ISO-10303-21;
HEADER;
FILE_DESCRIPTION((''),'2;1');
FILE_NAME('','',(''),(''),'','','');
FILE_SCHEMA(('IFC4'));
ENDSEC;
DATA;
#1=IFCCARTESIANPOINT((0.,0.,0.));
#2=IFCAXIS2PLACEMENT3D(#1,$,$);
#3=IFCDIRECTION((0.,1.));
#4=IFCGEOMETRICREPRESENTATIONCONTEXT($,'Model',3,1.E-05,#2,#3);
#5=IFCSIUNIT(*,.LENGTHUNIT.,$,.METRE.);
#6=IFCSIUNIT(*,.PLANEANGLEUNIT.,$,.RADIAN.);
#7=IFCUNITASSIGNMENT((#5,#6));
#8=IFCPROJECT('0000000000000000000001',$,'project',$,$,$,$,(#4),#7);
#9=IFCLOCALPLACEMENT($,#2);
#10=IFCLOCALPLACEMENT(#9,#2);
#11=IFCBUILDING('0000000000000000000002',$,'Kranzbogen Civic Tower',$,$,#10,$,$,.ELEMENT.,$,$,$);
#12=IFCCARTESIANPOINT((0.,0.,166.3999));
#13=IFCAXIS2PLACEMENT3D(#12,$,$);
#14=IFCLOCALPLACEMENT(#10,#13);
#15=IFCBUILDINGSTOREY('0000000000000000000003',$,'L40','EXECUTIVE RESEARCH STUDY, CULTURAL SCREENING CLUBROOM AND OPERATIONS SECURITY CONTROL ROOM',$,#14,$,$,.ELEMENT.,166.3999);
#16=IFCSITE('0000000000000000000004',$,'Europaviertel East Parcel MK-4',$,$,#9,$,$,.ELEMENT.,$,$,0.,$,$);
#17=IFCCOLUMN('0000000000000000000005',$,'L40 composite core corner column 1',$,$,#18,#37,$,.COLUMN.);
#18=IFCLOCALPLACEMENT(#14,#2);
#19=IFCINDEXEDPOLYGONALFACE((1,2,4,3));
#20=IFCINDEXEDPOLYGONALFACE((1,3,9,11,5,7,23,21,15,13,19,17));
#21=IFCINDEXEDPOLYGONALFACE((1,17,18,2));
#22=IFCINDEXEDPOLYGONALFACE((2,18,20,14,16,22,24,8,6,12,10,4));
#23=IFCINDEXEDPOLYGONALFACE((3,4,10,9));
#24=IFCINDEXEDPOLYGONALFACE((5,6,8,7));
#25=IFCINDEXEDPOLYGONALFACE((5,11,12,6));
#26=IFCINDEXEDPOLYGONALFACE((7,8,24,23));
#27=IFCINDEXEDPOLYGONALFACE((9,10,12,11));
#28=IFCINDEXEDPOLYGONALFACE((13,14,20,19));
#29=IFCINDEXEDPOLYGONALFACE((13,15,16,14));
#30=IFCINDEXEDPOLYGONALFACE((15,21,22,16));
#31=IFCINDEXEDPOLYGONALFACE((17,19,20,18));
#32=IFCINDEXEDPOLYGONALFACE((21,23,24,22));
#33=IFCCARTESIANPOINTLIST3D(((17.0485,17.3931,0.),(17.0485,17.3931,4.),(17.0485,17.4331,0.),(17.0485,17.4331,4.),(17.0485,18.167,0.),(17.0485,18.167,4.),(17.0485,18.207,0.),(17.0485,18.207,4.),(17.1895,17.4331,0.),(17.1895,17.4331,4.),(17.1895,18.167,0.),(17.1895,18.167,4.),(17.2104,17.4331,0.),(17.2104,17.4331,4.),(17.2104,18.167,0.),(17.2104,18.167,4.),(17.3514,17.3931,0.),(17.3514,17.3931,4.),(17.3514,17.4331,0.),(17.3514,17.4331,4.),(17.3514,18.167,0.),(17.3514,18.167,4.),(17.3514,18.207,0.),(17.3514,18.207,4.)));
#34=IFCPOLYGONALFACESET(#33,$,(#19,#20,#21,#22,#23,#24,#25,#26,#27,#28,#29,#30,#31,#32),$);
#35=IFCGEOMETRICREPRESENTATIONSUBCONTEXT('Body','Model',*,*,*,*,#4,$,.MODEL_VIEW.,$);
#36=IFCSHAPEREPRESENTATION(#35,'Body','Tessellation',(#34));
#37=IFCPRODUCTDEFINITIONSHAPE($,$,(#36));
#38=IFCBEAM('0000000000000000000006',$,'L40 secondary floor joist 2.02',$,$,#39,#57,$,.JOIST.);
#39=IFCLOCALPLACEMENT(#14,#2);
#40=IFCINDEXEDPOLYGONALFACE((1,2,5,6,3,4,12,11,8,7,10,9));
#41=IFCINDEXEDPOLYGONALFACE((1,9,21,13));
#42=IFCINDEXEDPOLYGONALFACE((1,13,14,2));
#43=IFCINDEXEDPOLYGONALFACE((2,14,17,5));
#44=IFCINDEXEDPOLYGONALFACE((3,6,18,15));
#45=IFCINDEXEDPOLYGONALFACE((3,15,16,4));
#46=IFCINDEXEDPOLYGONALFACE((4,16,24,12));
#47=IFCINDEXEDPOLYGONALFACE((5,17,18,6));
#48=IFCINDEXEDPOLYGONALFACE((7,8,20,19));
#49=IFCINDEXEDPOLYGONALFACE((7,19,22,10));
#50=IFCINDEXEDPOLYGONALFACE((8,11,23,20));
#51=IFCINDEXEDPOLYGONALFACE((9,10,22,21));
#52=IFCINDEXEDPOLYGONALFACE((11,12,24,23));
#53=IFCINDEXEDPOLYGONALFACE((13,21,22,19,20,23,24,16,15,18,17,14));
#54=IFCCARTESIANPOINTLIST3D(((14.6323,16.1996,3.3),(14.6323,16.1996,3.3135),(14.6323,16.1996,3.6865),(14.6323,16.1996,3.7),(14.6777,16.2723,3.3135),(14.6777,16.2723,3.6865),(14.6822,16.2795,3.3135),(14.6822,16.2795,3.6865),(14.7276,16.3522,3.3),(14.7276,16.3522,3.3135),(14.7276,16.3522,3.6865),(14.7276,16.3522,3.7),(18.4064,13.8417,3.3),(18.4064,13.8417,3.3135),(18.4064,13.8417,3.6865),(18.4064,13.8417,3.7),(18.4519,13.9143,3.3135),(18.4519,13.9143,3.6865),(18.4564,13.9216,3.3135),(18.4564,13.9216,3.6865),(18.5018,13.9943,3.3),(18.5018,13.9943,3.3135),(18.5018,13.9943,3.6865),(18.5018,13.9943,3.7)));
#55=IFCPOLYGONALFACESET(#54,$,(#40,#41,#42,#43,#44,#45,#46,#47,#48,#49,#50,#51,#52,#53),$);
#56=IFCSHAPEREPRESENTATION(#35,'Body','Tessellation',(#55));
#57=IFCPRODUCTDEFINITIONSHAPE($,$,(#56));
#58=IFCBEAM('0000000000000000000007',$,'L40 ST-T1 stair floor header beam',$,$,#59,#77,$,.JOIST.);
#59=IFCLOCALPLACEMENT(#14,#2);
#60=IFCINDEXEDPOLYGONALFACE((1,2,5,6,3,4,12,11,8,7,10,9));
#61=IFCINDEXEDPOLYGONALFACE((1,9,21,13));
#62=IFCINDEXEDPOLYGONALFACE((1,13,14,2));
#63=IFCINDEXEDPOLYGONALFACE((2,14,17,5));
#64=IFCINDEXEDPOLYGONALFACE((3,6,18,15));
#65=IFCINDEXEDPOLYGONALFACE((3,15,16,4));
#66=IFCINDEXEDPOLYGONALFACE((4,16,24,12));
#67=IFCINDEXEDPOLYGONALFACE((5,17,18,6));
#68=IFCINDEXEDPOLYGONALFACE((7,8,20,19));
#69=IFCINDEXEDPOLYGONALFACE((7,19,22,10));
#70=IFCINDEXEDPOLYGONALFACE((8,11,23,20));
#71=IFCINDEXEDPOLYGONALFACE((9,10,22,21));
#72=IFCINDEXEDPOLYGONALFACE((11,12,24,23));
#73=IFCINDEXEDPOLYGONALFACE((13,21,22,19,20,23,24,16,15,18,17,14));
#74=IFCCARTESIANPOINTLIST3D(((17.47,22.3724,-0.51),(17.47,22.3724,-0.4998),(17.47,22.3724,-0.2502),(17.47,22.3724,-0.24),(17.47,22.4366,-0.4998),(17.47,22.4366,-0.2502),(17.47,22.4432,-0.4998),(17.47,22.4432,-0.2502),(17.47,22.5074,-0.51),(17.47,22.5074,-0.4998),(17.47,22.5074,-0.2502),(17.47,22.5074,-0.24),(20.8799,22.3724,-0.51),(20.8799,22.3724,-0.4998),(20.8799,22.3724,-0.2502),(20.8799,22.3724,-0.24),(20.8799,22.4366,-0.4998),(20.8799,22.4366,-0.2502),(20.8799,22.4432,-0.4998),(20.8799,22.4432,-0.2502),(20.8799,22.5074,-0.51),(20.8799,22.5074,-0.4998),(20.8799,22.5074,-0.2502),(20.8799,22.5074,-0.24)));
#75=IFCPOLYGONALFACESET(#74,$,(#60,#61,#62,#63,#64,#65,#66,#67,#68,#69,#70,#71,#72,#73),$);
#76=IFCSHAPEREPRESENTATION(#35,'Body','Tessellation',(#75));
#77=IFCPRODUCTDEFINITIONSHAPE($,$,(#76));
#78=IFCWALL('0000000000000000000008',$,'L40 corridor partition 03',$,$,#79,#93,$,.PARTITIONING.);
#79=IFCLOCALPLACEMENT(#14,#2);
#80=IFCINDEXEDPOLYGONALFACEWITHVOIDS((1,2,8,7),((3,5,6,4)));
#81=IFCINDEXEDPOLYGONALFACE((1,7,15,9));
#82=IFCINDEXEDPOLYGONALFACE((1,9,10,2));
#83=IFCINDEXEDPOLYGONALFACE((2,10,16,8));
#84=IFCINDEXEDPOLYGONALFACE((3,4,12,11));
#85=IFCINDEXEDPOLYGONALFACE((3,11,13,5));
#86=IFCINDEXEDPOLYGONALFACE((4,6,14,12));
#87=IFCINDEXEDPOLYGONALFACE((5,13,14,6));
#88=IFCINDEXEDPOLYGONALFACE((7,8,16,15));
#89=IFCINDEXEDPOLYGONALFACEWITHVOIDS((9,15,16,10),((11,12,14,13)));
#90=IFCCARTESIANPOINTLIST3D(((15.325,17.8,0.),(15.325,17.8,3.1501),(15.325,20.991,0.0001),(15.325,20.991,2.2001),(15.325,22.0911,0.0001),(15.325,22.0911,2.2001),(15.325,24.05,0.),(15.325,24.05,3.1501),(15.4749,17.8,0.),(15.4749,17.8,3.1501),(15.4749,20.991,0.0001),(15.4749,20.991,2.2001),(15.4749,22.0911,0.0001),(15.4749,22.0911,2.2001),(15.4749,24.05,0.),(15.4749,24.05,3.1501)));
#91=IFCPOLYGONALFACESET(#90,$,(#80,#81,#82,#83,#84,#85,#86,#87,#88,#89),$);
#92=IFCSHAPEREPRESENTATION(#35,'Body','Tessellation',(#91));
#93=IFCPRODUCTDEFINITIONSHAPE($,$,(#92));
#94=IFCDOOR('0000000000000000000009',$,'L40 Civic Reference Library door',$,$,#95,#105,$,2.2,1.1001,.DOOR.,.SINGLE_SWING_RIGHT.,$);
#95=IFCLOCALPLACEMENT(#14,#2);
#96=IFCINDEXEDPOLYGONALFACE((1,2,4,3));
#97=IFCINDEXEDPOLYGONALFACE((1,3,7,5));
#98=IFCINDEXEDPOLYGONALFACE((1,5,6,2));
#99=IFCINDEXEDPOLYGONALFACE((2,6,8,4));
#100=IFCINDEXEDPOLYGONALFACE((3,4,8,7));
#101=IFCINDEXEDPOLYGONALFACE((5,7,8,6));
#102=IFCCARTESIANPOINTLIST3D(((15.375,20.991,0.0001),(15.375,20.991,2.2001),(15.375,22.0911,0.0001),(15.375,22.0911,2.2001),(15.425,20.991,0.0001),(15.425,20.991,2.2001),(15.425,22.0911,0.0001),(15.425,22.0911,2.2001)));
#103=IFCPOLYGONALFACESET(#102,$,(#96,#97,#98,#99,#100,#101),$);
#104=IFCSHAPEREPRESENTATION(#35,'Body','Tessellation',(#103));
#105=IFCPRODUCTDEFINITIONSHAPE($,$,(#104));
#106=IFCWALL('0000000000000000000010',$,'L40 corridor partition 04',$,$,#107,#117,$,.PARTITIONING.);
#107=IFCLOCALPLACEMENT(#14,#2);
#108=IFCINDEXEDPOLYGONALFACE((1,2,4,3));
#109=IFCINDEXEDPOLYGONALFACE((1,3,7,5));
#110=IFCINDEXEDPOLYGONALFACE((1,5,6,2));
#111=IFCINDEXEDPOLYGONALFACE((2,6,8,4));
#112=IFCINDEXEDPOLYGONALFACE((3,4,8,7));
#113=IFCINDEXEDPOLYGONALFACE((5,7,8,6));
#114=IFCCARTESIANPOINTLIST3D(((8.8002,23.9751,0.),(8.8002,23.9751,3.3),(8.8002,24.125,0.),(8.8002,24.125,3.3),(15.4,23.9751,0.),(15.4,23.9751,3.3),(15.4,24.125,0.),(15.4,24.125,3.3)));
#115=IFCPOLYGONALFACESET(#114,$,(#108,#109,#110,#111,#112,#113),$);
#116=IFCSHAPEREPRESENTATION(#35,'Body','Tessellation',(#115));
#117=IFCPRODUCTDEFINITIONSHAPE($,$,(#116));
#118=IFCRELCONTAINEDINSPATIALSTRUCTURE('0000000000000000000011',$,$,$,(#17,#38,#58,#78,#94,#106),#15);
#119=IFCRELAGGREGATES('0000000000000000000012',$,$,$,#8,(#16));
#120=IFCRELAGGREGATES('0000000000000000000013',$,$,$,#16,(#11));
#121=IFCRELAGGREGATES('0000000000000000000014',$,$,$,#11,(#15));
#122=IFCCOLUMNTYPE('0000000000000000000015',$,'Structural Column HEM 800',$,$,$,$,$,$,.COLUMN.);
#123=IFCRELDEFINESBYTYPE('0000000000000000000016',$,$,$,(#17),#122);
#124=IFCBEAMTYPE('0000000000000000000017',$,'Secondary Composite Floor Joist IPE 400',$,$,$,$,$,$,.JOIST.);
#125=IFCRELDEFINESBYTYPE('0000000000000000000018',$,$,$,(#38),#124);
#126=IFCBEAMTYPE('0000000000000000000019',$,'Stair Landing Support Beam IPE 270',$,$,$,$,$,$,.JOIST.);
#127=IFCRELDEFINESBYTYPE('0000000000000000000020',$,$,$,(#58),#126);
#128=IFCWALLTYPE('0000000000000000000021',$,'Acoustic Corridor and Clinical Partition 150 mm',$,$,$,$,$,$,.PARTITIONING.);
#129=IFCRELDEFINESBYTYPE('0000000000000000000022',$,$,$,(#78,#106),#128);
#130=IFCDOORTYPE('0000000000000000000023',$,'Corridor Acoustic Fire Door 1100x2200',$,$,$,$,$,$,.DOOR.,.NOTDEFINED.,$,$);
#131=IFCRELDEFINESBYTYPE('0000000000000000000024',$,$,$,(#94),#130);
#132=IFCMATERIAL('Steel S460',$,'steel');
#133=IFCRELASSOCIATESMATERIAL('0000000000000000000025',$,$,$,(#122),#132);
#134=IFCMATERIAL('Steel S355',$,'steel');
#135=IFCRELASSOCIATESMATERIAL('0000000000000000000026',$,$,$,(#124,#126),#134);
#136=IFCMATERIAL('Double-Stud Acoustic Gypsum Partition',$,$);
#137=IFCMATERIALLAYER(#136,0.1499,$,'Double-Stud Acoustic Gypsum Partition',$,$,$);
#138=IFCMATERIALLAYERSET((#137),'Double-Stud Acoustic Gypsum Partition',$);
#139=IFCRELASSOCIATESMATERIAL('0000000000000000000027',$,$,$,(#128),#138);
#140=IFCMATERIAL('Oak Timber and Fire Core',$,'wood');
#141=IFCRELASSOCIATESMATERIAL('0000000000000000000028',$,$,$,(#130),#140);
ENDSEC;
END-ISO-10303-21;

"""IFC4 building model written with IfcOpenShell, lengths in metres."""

from ifc_helpers import new_model, si_unit, direction, frame, frame_2d, origin, origin_2d, place, context, subcontext, project, spatial, rectangle, i_section, extrude, material, layer, layer_set, material_profile, profile_set, type_object, element, fill, save


model = new_model("IFC4")

# Units and contexts
model_context = context("Model", 3, precision=1e-05, world=origin(), true_north=direction((0.0, 1.0)))
body_context = subcontext(model_context, "Body", "Model", "MODEL_VIEW")
ifc_project = project(units=[si_unit("LENGTHUNIT", "METRE"), si_unit("PLANEANGLEUNIT", "RADIAN")], contexts=[model_context])

# Site, building, storey
site_placement = place(None, origin())
site = spatial("IfcSite", under=ifc_project, at=site_placement, Name="Europaviertel East Parcel MK-4", CompositionType="ELEMENT", RefElevation=0.0)
building_placement = place(site_placement, origin())
building = spatial("IfcBuilding", under=site, at=building_placement, Name="Kranzbogen Civic Tower", CompositionType="ELEMENT")
storey_placement = place(building_placement, frame((0.0, 0.0, 166.3999)))
storey = spatial("IfcBuildingStorey", under=building, at=storey_placement, Name="L40", Description="EXECUTIVE RESEARCH STUDY, CULTURAL SCREENING CLUBROOM AND OPERATIONS SECURITY CONTROL ROOM", CompositionType="ELEMENT", Elevation=166.3999)

# Column
ifc_material_1 = material(Name="Steel S460", Category="steel")
ifc_material_profile_1 = material_profile(ifc_material_1, i_section(OverallWidth=0.303, OverallDepth=0.814, WebThickness=0.021, FlangeThickness=0.04, at=origin_2d()), Name="HEM 800")
ifc_profile_set_1 = profile_set([ifc_material_profile_1], Name="Steel S460")
column_type = type_object("IfcColumnType", Name="Structural Column HEM 800", PredefinedType="COLUMN", material=ifc_profile_set_1)
column_placement = place(storey_placement, frame((17.2, 17.8, 0.0), z_axis=(0.0, 0.0, 1.0), x_axis=(1.0, 0.0, 0.0)))
element("IfcColumn", 1, at=column_placement, inside=storey, type_object=column_type, Name="L40 composite core corner column 1", PredefinedType="COLUMN", context=body_context, shape_type="SweptSolid", body=[
    extrude(i_section(OverallWidth=0.303, OverallDepth=0.814, WebThickness=0.021, FlangeThickness=0.04, at=origin_2d()), origin(), (0.0, 0.0, 1.0), 4.0),
])

# Beams
ifc_material_2 = material(Name="Steel S355", Category="steel")
ifc_material_profile_2 = material_profile(ifc_material_2, i_section(OverallWidth=0.1799, OverallDepth=0.3999, WebThickness=0.0085, FlangeThickness=0.0134, at=origin_2d()), Name="IPE 400")
ifc_profile_set_2 = profile_set([ifc_material_profile_2], Name="Steel S355")
beam_type_1 = type_object("IfcBeamType", Name="Secondary Composite Floor Joist IPE 400", PredefinedType="JOIST", material=ifc_profile_set_2)
beam_1_placement = place(storey_placement, frame((14.6799, 16.2759, 3.5), z_axis=(0.848094, -0.529846, 0.0), x_axis=(0.529846, 0.848094, 0.0)))
element("IfcBeam", 2, at=beam_1_placement, inside=storey, type_object=beam_type_1, Name="L40 secondary floor joist 2.02", PredefinedType="JOIST", context=body_context, shape_type="SweptSolid", body=[
    extrude(i_section(OverallWidth=0.1799, OverallDepth=0.3999, WebThickness=0.0085, FlangeThickness=0.0134, at=origin_2d()), origin(), (0.0, 0.0, 1.0), 4.4502),
])
ifc_material_profile_3 = material_profile(ifc_material_2, i_section(OverallWidth=0.135, OverallDepth=0.27, WebThickness=0.0066, FlangeThickness=0.0103, at=origin_2d()), Name="IPE 270")
ifc_profile_set_3 = profile_set([ifc_material_profile_3], Name="Steel S355")
beam_type_2 = type_object("IfcBeamType", Name="Stair Landing Support Beam IPE 270", PredefinedType="JOIST", material=ifc_profile_set_3)
beam_2_placement = place(storey_placement, frame((20.8799, 22.4399, -0.375), z_axis=(-1.0, 0.0, 0.0), x_axis=(0.0, -1.0, 0.0)))
element("IfcBeam", 3, at=beam_2_placement, inside=storey, type_object=beam_type_2, Name="L40 ST-T1 stair floor header beam", PredefinedType="JOIST", context=body_context, shape_type="SweptSolid", body=[
    extrude(i_section(OverallWidth=0.135, OverallDepth=0.27, WebThickness=0.0066, FlangeThickness=0.0103, at=origin_2d()), origin(), (0.0, 0.0, 1.0), 3.4099),
])

# Wall, opening, door
ifc_material_3 = material(Name="Double-Stud Acoustic Gypsum Partition")
ifc_layer_1 = layer(ifc_material_3, 0.1499, Name="Double-Stud Acoustic Gypsum Partition")
ifc_layer_set_1 = layer_set([ifc_layer_1], Name="Double-Stud Acoustic Gypsum Partition")
wall_type_1 = type_object("IfcWallType", Name="Acoustic Corridor and Clinical Partition 150 mm", PredefinedType="PARTITIONING", material=ifc_layer_set_1)
wall_1_placement = place(storey_placement, frame((15.3999, 17.8, 0.0), z_axis=(0.0, 0.0, 1.0), x_axis=(0.0, 1.0, 0.0)))
wall_1 = element("IfcWall", 4, at=wall_1_placement, inside=storey, type_object=wall_type_1, Name="L40 corridor partition 03", PredefinedType="PARTITIONING", context=body_context, shape_type="SweptSolid", body=[
    extrude(rectangle(XDim=6.25, YDim=0.1499, at=frame_2d((3.125, 0.0))), origin(), (0.0, 0.0, 1.0), 3.1501),
])
opening_1_placement = place(wall_1_placement, frame((3.1909, 0.0, 0.0)))
opening_1 = element("IfcOpeningElement", 5, at=opening_1_placement, cuts=wall_1, PredefinedType="OPENING", context=body_context, shape_type="SweptSolid", body=[
    extrude(rectangle(XDim=1.1001, YDim=2.2, at=frame_2d((0.55, 1.1001))), frame((0.0, 0.085, 0.0), z_axis=(0.0, -1.0, 0.0), x_axis=(1.0, 0.0, 0.0)), (0.0, 0.0, 1.0), 0.1699),
])
ifc_material_4 = material(Name="Oak Timber and Fire Core", Category="wood")
door_type_1 = type_object("IfcDoorType", Name="Corridor Acoustic Fire Door 1100x2200", OperationType="NOTDEFINED", PredefinedType="DOOR", material=ifc_material_4)
door_1_placement = place(opening_1_placement, origin())
door_1 = element("IfcDoor", 6, at=door_1_placement, inside=storey, type_object=door_type_1, Name="L40 Civic Reference Library door", OperationType="SINGLE_SWING_RIGHT", OverallHeight=2.2, OverallWidth=1.1001, PredefinedType="DOOR", context=body_context, shape_type="SweptSolid", body=[
    extrude(rectangle(XDim=1.1001, YDim=2.2, at=frame_2d((0.55, 1.1001))), frame((0.0, 0.0249, 0.0), z_axis=(0.0, -1.0, 0.0), x_axis=(1.0, 0.0, 0.0)), (0.0, 0.0, 1.0), 0.05),
])
fill(opening_1, door_1)

# Wall
wall_2_placement = place(storey_placement, frame((15.3999, 24.05, 0.0), z_axis=(0.0, 0.0, 1.0), x_axis=(-1.0, 0.0, 0.0)))
element("IfcWall", 7, at=wall_2_placement, inside=storey, type_object=wall_type_1, Name="L40 corridor partition 04", PredefinedType="PARTITIONING", context=body_context, shape_type="SweptSolid", body=[
    extrude(rectangle(XDim=6.5999, YDim=0.1499, at=frame_2d((3.2998, 0.0))), origin(), (0.0, 0.0, 1.0), 3.3),
])

save(model, "model.ifc")
